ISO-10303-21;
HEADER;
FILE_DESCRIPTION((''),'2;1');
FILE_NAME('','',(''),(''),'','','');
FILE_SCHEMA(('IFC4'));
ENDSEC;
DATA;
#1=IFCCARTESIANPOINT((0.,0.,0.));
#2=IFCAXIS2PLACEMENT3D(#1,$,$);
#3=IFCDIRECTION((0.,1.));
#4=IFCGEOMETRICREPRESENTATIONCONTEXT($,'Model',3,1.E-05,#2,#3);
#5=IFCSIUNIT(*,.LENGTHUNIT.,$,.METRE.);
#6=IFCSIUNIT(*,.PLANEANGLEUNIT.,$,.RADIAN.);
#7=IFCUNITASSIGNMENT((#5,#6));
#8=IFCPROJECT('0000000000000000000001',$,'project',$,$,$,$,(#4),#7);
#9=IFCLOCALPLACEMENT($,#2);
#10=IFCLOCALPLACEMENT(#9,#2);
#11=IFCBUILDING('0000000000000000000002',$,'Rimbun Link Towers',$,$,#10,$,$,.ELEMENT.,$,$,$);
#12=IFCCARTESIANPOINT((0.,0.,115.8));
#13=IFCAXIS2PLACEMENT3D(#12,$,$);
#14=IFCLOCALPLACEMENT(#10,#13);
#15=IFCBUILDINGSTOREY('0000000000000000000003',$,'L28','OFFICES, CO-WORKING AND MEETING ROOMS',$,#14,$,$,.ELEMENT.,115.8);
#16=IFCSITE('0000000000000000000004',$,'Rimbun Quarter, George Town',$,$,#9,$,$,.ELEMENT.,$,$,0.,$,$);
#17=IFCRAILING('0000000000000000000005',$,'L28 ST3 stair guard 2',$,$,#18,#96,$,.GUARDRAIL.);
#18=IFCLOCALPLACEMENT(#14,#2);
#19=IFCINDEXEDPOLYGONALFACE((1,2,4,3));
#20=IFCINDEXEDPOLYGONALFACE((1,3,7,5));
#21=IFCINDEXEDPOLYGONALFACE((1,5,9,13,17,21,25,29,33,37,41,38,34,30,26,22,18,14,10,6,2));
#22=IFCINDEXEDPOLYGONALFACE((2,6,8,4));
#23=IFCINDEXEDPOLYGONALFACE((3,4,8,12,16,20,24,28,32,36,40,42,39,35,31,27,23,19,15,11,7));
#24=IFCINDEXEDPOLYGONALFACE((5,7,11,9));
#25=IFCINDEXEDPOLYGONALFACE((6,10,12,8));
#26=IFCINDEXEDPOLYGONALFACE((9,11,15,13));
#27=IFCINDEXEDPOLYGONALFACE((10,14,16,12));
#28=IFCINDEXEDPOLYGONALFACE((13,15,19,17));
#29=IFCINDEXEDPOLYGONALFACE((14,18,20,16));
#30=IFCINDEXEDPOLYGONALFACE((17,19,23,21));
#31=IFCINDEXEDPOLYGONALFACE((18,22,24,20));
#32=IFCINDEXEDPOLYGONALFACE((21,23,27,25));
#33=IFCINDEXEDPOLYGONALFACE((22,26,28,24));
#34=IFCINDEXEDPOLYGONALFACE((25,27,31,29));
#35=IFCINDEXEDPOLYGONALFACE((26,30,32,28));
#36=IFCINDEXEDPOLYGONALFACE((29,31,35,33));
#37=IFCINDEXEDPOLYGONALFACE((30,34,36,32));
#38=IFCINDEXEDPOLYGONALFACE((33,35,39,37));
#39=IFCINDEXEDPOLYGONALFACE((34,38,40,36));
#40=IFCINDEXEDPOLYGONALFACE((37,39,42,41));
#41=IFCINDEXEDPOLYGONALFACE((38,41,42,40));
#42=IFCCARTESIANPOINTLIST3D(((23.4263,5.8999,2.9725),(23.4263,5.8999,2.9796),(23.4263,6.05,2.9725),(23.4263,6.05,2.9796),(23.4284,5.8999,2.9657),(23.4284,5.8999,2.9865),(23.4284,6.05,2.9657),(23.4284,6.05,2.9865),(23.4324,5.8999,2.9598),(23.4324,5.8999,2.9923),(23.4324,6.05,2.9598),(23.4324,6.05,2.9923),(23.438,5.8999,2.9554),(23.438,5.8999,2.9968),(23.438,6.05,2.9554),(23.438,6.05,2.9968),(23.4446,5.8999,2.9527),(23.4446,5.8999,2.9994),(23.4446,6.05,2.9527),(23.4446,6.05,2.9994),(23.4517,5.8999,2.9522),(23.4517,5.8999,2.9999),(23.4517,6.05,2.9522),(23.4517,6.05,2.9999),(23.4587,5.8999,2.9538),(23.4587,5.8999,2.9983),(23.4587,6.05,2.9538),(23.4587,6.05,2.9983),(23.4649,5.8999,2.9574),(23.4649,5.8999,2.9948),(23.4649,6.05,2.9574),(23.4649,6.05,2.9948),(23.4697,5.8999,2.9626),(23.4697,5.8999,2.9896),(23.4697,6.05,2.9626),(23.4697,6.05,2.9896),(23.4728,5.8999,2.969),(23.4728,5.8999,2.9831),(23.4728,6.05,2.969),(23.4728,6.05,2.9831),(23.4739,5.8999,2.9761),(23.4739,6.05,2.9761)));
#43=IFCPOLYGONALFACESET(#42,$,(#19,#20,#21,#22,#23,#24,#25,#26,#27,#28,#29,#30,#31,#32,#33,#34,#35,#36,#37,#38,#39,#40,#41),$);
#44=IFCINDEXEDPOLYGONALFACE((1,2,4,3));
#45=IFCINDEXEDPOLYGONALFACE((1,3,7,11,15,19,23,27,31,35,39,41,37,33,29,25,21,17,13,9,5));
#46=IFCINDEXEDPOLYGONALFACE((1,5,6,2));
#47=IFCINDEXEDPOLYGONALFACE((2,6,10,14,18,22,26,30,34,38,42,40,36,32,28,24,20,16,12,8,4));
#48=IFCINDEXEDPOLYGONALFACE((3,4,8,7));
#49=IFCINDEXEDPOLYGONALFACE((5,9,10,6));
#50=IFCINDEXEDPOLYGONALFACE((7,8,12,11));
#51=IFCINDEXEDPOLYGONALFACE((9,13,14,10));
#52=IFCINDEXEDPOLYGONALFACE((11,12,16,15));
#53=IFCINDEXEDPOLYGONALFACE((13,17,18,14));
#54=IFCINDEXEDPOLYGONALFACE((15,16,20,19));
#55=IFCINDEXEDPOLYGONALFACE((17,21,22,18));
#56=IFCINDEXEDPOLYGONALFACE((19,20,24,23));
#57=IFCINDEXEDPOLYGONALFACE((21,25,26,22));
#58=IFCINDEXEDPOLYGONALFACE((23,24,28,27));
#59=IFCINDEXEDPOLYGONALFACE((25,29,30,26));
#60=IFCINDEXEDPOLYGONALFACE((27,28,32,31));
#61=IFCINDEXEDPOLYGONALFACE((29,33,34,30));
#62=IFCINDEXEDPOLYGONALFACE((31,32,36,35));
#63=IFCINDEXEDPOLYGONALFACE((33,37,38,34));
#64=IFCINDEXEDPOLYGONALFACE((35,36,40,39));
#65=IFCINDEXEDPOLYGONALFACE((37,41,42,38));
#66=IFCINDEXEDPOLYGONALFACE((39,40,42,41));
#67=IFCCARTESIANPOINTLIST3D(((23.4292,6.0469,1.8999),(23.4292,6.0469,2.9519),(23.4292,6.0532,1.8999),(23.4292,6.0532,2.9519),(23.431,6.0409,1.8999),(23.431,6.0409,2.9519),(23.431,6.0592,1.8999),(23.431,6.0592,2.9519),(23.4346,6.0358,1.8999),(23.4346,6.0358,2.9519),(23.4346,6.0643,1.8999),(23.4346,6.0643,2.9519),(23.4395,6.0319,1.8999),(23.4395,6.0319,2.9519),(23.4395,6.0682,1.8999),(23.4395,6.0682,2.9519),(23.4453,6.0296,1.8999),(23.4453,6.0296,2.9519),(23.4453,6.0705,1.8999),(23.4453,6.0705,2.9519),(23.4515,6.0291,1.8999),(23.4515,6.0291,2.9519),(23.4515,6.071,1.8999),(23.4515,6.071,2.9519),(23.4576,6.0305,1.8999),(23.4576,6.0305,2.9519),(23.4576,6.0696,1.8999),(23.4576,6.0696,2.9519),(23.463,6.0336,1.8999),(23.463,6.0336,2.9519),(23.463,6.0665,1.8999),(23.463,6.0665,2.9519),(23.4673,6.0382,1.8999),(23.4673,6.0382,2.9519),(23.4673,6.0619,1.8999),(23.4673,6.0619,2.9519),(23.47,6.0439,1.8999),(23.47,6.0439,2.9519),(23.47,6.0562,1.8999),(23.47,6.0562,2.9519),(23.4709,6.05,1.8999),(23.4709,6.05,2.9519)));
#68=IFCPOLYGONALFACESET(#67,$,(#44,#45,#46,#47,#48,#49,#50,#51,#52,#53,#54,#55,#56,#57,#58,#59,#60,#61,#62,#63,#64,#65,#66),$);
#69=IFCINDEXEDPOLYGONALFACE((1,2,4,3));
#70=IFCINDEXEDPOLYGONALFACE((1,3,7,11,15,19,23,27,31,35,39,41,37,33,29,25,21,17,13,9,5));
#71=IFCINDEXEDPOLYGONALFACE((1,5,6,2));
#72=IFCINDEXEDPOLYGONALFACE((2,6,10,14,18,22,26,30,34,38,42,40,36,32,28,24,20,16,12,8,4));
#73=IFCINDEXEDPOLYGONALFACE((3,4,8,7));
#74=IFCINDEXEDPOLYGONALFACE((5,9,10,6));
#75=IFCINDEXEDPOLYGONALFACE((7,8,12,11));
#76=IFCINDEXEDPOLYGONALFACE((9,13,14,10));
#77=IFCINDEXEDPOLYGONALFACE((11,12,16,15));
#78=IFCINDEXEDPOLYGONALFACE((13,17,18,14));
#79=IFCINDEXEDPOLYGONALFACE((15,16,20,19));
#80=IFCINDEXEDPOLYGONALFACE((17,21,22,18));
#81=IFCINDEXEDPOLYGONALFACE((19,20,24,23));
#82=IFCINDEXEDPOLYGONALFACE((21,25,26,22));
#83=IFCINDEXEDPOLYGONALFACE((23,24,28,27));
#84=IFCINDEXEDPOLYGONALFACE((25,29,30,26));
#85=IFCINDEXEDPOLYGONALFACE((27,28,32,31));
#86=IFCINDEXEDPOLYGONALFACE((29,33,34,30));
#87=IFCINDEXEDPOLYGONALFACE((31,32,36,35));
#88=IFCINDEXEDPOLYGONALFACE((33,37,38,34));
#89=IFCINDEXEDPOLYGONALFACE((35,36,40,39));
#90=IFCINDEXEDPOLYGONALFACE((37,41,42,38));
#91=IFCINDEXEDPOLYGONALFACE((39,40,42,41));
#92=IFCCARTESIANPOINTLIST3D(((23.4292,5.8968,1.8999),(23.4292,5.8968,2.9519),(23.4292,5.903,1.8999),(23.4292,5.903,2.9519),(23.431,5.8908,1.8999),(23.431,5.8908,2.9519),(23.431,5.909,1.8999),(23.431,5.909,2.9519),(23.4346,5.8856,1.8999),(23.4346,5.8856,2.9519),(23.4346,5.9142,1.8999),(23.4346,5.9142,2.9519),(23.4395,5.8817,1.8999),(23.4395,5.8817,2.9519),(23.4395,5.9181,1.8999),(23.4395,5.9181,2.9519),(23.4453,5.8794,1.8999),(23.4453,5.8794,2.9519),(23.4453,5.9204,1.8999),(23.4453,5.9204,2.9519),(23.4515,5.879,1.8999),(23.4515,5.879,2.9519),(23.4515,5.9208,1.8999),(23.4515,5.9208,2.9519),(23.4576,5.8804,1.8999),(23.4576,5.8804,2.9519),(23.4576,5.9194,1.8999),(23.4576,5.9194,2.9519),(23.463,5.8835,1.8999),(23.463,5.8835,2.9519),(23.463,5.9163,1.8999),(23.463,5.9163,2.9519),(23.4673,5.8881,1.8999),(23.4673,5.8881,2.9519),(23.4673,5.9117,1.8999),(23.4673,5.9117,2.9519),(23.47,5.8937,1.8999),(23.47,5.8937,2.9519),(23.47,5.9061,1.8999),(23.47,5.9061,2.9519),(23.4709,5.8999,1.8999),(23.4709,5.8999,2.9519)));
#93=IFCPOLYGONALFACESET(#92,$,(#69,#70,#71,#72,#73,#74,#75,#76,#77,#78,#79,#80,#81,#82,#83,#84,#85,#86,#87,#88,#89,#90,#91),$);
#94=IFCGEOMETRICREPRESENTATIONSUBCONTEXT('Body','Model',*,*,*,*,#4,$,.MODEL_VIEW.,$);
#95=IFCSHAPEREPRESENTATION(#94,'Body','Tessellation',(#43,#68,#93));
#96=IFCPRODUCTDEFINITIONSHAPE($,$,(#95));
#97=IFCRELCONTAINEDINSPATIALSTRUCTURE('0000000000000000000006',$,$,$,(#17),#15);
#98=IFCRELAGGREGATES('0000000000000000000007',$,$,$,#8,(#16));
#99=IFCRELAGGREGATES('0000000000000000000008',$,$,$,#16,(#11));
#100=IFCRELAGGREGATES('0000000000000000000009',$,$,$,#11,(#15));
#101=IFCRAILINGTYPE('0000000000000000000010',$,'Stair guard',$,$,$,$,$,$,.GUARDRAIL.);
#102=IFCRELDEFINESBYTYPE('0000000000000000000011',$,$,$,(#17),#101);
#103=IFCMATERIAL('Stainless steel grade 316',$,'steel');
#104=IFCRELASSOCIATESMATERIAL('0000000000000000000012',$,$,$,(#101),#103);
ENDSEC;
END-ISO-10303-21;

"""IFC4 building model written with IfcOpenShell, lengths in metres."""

from ifc_helpers import new_model, si_unit, direction, frame, origin, origin_2d, place, context, subcontext, project, spatial, circle, extrude, material, type_object, element, save


model = new_model("IFC4")

# Units and contexts
model_context = context("Model", 3, precision=1e-05, world=origin(), true_north=direction((0.0, 1.0)))
body_context = subcontext(model_context, "Body", "Model", "MODEL_VIEW")
ifc_project = project(units=[si_unit("LENGTHUNIT", "METRE"), si_unit("PLANEANGLEUNIT", "RADIAN")], contexts=[model_context])

# Site, building, storey
site_placement = place(None, origin())
site = spatial("IfcSite", under=ifc_project, at=site_placement, Name="Rimbun Quarter, George Town", CompositionType="ELEMENT", RefElevation=0.0)
building_placement = place(site_placement, origin())
building = spatial("IfcBuilding", under=site, at=building_placement, Name="Rimbun Link Towers", CompositionType="ELEMENT")
storey_placement = place(building_placement, frame((0.0, 0.0, 115.8)))
storey = spatial("IfcBuildingStorey", under=building, at=storey_placement, Name="L28", Description="OFFICES, CO-WORKING AND MEETING ROOMS", CompositionType="ELEMENT", Elevation=115.8)

# Railing
ifc_material_1 = material(Name="Stainless steel grade 316", Category="steel")
railing_type_1 = type_object("IfcRailingType", Name="Stair guard", PredefinedType="GUARDRAIL", material=ifc_material_1)
railing_1_placement = place(storey_placement, frame((23.45, 6.05, 1.8999)))
element("IfcRailing", 1, at=railing_1_placement, inside=storey, type_object=railing_type_1, Name="L28 ST3 stair guard 2", PredefinedType="GUARDRAIL", context=body_context, shape_type="SweptSolid", body=[
    extrude(circle(Radius=0.0239, at=origin_2d()), frame((0.0, 0.0, 1.0762), z_axis=(0.0, -1.0, 0.0), x_axis=(1.0, 0.0, 0.0)), (0.0, 0.0, 1.0), 0.1501),
    extrude(circle(Radius=0.021, at=origin_2d()), origin(), (0.0, 0.0, 1.0), 1.052),
    extrude(circle(Radius=0.021, at=origin_2d()), frame((0.0, -0.1501, 0.0)), (0.0, 0.0, 1.0), 1.052),
])

save(model, "model.ifc")
